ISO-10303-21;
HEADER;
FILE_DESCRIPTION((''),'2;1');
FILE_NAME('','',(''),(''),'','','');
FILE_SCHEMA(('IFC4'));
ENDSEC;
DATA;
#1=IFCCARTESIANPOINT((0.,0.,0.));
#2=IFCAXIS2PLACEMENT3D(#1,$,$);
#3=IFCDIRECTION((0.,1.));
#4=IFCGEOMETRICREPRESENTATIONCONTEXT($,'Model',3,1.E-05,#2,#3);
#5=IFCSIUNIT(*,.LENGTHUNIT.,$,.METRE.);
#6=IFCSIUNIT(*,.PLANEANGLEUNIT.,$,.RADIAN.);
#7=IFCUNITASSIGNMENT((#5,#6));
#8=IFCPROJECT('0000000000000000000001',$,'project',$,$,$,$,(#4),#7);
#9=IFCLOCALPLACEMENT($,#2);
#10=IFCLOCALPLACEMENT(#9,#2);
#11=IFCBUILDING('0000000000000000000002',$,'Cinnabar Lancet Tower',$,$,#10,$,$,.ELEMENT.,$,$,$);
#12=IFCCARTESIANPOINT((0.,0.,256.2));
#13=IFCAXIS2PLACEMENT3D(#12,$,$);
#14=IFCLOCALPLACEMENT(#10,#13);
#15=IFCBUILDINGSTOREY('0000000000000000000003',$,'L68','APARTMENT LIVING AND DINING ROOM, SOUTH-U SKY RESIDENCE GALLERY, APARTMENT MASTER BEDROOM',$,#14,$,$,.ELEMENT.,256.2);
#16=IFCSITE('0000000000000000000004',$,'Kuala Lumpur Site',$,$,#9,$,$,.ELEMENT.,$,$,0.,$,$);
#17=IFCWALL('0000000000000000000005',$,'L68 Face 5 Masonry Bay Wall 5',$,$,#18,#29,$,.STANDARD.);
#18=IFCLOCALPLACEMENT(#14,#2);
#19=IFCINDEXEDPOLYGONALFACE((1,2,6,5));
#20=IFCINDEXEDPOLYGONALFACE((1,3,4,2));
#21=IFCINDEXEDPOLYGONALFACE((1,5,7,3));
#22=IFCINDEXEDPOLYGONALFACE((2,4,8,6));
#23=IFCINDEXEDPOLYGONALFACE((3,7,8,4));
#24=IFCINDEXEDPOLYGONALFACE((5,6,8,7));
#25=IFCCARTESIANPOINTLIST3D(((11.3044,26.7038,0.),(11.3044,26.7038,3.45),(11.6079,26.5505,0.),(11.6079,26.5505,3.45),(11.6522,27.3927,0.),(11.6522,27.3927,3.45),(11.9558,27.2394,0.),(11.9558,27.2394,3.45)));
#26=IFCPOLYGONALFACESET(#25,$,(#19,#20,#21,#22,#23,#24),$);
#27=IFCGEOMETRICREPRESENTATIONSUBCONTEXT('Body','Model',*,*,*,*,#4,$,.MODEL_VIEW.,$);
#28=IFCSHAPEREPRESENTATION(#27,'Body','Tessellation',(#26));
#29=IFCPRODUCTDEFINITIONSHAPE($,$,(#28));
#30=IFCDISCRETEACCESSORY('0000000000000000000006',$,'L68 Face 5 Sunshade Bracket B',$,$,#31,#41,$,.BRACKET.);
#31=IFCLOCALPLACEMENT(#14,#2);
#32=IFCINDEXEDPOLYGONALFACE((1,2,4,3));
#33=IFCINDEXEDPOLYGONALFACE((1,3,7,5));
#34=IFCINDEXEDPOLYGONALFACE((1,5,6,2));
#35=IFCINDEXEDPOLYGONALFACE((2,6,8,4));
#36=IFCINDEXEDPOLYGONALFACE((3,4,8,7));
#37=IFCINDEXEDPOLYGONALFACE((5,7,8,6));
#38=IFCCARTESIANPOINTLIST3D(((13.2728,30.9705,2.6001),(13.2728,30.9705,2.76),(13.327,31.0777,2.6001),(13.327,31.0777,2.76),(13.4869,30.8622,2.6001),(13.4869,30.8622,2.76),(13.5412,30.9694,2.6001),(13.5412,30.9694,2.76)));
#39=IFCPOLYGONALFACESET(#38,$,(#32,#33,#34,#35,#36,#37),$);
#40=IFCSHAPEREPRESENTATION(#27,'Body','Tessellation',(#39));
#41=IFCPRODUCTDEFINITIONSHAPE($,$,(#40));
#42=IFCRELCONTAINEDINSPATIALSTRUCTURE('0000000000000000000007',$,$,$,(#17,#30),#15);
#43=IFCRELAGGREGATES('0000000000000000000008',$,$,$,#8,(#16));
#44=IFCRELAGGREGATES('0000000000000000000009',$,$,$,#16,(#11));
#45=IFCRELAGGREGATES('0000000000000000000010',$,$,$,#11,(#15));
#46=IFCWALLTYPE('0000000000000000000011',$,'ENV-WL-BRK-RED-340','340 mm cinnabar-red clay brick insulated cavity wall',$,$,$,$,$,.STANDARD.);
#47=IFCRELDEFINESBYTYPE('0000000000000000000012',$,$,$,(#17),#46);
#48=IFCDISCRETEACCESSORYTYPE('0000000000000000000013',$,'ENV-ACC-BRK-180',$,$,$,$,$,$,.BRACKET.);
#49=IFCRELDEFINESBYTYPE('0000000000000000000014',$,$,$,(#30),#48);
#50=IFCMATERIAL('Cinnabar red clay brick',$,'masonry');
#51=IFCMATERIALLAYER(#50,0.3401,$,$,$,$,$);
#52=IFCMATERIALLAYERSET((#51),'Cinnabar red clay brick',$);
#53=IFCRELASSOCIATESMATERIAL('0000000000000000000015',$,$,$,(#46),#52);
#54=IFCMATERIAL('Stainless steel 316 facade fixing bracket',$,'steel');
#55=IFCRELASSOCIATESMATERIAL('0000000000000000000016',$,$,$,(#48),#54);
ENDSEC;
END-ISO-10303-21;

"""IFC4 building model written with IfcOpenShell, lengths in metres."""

from ifc_helpers import new_model, si_unit, direction, frame, frame_2d, origin, origin_2d, place, context, subcontext, project, spatial, rectangle, extrude, material, layer, layer_set, type_object, element, save


model = new_model("IFC4")

# Units and contexts
model_context = context("Model", 3, precision=1e-05, world=origin(), true_north=direction((0.0, 1.0)))
body_context = subcontext(model_context, "Body", "Model", "MODEL_VIEW")
ifc_project = project(units=[si_unit("LENGTHUNIT", "METRE"), si_unit("PLANEANGLEUNIT", "RADIAN")], contexts=[model_context])

# Site, building, storey
site_placement = place(None, origin())
site = spatial("IfcSite", under=ifc_project, at=site_placement, Name="Kuala Lumpur Site", CompositionType="ELEMENT", RefElevation=0.0)
building_placement = place(site_placement, origin())
building = spatial("IfcBuilding", under=site, at=building_placement, Name="Cinnabar Lancet Tower", CompositionType="ELEMENT")
storey_placement = place(building_placement, frame((0.0, 0.0, 256.2)))
storey = spatial("IfcBuildingStorey", under=building, at=storey_placement, Name="L68", Description="APARTMENT LIVING AND DINING ROOM, SOUTH-U SKY RESIDENCE GALLERY, APARTMENT MASTER BEDROOM", CompositionType="ELEMENT", Elevation=256.2)

# Shared definitions
ifc_material_1 = material(Name="Cinnabar red clay brick", Category="masonry")
ifc_layer_1 = layer(ifc_material_1, 0.3401)
ifc_layer_set_1 = layer_set([ifc_layer_1], Name="Cinnabar red clay brick")
wall_type_1 = type_object("IfcWallType", Name="ENV-WL-BRK-RED-340", Description="340 mm cinnabar-red clay brick insulated cavity wall", PredefinedType="STANDARD", material=ifc_layer_set_1)

# Wall
wall_1_placement = place(storey_placement, frame((11.804, 27.3159, 0.0), z_axis=(0.0, 0.0, 1.0), x_axis=(-0.450753, -0.892649, 0.0)))
element("IfcWall", 1, at=wall_1_placement, inside=storey, type_object=wall_type_1, Name="L68 Face 5 Masonry Bay Wall 5", PredefinedType="STANDARD", context=body_context, shape_type="SweptSolid", body=[
    extrude(rectangle(XDim=0.7717, YDim=0.3401, at=frame_2d((0.3857, 0.0))), origin(), (0.0, 0.0, 1.0), 3.45),
])

# Discrete accessory
ifc_material_2 = material(Name="Stainless steel 316 facade fixing bracket", Category="steel")
discrete_accessory_type = type_object("IfcDiscreteAccessoryType", Name="ENV-ACC-BRK-180", PredefinedType="BRACKET", material=ifc_material_2)
discrete_accessory_placement = place(storey_placement, frame((13.407, 30.97, 2.6001), z_axis=(0.0, 0.0, 1.0), x_axis=(-0.451376, -0.892334, 0.0)))
element("IfcDiscreteAccessory", 2, at=discrete_accessory_placement, inside=storey, type_object=discrete_accessory_type, Name="L68 Face 5 Sunshade Bracket B", PredefinedType="BRACKET", context=body_context, shape_type="SweptSolid", body=[
    extrude(rectangle(XDim=0.1201, YDim=0.24, at=origin_2d()), origin(), (0.0, 0.0, 1.0), 0.1599),
])

save(model, "model.ifc")
